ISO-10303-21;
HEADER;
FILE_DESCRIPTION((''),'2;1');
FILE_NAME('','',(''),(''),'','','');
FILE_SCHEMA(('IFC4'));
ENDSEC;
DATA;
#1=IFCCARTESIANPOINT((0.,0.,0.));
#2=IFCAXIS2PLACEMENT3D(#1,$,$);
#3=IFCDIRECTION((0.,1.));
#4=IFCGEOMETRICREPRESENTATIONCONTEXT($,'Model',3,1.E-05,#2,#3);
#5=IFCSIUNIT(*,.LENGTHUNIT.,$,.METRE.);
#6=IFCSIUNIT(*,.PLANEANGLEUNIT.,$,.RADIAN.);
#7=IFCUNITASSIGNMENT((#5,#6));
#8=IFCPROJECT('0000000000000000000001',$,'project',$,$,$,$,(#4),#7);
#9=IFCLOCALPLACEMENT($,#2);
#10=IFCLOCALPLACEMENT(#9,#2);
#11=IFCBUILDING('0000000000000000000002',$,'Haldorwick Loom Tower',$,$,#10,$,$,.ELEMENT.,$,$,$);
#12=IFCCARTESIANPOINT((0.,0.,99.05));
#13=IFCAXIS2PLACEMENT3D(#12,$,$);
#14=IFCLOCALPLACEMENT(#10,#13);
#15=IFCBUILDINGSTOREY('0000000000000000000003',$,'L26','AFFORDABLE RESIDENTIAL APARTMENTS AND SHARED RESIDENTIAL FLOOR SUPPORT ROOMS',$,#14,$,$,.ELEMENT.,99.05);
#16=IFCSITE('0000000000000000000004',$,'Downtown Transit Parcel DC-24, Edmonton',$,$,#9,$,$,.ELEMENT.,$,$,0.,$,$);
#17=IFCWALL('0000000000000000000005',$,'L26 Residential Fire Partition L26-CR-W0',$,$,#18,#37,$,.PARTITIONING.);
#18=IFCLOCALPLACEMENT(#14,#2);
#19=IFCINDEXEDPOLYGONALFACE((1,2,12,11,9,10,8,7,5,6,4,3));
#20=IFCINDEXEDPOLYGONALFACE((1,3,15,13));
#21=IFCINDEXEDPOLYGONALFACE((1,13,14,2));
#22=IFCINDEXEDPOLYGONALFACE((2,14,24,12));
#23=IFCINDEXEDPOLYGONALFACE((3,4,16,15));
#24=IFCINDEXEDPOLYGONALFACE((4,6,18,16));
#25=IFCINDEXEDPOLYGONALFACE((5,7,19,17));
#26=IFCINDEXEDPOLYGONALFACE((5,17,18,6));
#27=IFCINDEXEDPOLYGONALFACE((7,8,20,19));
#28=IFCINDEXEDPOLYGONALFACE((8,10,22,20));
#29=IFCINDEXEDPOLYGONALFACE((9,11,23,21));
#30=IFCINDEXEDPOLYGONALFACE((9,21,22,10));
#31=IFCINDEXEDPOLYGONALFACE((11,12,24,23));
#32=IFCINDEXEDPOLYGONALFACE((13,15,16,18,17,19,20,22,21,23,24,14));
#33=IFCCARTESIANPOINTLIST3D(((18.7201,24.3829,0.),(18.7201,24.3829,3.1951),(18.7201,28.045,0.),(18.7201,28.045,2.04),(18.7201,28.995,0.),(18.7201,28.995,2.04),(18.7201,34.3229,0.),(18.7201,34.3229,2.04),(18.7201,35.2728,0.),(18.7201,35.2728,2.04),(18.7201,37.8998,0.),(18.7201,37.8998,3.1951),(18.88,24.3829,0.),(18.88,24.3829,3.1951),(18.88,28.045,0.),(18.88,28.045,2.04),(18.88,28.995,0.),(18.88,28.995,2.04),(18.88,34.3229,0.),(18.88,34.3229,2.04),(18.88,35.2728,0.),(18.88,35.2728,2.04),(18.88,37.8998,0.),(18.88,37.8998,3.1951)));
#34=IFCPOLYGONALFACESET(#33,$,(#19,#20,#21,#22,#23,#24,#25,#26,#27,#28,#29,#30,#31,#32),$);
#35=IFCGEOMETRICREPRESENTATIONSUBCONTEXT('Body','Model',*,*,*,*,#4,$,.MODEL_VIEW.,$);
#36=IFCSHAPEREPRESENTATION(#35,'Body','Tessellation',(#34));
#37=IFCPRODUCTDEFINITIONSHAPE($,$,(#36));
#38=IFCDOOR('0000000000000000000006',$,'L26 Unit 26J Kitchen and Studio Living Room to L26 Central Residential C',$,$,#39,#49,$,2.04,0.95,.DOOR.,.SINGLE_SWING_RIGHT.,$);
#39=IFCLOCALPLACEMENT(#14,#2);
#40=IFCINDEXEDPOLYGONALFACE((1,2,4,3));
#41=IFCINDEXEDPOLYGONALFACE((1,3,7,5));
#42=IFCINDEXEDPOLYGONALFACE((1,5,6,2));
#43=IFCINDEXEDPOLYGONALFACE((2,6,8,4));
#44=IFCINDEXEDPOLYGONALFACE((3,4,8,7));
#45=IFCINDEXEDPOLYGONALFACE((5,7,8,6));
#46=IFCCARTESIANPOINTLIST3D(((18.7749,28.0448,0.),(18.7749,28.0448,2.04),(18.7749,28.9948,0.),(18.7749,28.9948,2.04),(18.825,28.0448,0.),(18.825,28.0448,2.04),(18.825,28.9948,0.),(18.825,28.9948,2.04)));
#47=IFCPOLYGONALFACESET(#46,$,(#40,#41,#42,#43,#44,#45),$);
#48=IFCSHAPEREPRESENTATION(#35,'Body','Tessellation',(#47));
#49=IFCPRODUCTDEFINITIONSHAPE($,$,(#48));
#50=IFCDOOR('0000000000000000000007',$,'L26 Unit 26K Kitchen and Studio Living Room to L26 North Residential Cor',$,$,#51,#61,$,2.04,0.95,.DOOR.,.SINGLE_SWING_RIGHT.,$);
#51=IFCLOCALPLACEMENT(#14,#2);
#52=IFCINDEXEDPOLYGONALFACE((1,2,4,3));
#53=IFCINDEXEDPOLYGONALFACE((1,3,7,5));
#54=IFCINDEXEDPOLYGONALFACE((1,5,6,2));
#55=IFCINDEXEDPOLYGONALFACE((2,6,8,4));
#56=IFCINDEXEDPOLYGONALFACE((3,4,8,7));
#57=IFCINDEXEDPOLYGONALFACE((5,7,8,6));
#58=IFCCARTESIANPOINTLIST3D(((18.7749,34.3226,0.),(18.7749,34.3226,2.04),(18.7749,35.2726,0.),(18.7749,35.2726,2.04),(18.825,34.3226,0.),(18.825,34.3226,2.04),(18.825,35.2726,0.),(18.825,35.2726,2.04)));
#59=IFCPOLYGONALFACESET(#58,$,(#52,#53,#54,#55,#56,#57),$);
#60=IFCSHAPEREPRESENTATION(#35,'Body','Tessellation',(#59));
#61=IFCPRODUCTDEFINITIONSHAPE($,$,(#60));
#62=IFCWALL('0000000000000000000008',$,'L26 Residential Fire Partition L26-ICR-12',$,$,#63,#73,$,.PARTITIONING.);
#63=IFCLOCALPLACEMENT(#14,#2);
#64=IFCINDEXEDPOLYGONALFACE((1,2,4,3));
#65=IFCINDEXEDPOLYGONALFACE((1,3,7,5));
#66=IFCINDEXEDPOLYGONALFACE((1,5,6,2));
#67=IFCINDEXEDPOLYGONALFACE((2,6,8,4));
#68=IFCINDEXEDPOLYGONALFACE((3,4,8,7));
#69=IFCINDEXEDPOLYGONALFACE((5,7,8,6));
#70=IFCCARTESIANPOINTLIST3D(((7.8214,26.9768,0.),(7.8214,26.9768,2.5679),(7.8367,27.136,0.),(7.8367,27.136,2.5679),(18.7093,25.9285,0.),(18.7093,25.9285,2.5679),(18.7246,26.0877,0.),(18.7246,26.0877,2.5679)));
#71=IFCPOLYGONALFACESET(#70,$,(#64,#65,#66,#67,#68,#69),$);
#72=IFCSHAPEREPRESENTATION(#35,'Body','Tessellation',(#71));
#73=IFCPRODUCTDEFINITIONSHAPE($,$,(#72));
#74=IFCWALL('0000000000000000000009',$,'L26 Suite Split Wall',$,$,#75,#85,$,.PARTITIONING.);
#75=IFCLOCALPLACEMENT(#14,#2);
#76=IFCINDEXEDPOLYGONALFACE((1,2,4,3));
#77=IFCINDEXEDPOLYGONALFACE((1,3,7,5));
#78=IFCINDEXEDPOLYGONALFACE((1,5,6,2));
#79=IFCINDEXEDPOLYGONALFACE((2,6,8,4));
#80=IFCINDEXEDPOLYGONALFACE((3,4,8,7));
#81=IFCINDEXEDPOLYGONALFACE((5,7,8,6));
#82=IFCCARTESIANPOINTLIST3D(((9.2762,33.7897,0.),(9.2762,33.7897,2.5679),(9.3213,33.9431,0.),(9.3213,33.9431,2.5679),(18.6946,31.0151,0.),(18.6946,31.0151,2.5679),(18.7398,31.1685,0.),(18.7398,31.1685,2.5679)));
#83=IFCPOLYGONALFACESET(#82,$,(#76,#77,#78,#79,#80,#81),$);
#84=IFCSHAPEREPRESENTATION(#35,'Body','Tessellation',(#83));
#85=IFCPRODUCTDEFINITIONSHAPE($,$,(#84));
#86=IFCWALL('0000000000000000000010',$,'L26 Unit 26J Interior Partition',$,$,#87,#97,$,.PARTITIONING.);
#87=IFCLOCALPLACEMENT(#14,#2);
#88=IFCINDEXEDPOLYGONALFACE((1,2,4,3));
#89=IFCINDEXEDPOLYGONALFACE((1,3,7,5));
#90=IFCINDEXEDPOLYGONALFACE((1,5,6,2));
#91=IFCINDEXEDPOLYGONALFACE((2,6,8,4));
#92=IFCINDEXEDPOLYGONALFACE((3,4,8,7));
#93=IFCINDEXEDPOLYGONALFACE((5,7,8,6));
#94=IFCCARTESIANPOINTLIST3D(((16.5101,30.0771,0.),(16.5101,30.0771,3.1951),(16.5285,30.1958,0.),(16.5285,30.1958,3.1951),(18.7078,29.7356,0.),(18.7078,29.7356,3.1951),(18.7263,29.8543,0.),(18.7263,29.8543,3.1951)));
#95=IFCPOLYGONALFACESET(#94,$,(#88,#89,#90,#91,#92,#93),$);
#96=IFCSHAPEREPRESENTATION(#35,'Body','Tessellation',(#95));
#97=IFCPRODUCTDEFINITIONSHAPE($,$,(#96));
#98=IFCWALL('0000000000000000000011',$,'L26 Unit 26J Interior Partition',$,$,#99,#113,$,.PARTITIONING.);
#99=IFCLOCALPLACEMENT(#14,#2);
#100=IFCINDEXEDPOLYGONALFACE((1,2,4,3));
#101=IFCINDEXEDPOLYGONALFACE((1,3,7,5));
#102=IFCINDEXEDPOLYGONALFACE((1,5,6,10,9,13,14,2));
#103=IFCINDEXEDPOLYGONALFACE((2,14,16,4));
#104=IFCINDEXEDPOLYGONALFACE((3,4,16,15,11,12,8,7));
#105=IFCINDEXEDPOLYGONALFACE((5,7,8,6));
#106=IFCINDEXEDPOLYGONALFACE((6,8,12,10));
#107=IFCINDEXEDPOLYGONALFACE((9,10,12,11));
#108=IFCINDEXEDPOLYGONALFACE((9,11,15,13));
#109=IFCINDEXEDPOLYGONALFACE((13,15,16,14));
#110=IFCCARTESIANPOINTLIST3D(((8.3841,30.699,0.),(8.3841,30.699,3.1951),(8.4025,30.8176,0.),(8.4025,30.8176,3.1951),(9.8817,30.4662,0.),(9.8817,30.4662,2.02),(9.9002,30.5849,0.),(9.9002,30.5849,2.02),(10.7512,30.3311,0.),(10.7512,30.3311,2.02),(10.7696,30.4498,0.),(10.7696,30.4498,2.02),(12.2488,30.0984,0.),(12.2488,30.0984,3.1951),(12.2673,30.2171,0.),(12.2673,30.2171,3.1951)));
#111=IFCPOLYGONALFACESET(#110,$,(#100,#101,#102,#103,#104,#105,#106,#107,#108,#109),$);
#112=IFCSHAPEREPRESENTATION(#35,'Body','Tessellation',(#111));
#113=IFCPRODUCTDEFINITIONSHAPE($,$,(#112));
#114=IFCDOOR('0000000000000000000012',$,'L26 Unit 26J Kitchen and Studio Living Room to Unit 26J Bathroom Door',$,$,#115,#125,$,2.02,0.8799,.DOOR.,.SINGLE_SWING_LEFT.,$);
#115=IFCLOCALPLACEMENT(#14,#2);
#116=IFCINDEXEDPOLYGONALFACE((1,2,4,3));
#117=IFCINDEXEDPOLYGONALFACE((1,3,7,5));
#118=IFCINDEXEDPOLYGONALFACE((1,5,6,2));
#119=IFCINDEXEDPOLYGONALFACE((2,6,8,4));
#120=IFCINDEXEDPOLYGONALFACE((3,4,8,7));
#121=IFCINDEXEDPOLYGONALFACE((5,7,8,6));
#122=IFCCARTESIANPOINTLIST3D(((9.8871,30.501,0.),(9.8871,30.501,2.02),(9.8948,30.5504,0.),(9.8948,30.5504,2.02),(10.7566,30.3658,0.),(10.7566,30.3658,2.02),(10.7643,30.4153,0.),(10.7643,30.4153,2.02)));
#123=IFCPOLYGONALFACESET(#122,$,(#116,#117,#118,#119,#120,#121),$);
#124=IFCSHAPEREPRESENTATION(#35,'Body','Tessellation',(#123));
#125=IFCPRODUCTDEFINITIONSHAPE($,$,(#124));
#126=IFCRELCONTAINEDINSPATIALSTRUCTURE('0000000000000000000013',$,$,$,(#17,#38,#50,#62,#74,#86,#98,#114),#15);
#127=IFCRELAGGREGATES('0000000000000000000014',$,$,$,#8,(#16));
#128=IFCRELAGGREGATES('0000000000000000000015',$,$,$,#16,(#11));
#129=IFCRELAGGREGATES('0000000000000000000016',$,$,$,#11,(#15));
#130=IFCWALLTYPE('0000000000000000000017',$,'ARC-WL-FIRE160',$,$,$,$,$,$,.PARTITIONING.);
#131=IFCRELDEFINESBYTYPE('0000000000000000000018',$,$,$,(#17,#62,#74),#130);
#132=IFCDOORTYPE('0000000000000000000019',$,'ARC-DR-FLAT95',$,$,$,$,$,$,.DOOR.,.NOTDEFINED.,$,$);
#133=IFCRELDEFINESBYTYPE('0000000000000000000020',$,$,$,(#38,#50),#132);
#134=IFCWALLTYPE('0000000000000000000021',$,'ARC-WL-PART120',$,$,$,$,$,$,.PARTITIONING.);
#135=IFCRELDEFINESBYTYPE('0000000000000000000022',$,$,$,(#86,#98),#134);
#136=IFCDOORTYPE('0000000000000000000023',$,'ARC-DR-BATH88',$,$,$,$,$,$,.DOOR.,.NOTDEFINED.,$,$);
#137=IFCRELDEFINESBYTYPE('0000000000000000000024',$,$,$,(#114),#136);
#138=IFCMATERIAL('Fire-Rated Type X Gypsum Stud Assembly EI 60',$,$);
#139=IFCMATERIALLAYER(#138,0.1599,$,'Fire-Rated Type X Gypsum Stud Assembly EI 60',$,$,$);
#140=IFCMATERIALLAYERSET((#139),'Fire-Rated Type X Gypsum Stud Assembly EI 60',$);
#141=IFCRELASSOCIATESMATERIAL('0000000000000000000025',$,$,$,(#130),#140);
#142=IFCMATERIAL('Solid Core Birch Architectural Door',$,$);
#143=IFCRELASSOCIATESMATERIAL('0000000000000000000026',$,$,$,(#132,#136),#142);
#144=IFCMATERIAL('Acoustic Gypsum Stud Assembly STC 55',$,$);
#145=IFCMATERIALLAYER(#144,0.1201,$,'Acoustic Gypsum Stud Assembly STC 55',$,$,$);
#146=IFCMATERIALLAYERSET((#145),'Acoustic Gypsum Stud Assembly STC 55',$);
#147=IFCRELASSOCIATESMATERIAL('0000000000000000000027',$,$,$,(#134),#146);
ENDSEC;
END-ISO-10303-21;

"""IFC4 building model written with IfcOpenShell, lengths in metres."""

from ifc_helpers import new_model, si_unit, direction, frame, frame_2d, origin, place, context, subcontext, project, spatial, rectangle, extrude, material, layer, layer_set, type_object, element, fill, save


model = new_model("IFC4")

# Units and contexts
model_context = context("Model", 3, precision=1e-05, world=origin(), true_north=direction((0.0, 1.0)))
body_context = subcontext(model_context, "Body", "Model", "MODEL_VIEW")
ifc_project = project(units=[si_unit("LENGTHUNIT", "METRE"), si_unit("PLANEANGLEUNIT", "RADIAN")], contexts=[model_context])

# Site, building, storey
site_placement = place(None, origin())
site = spatial("IfcSite", under=ifc_project, at=site_placement, Name="Downtown Transit Parcel DC-24, Edmonton", CompositionType="ELEMENT", RefElevation=0.0)
building_placement = place(site_placement, origin())
building = spatial("IfcBuilding", under=site, at=building_placement, Name="Haldorwick Loom Tower", CompositionType="ELEMENT")
storey_placement = place(building_placement, frame((0.0, 0.0, 99.05)))
storey = spatial("IfcBuildingStorey", under=building, at=storey_placement, Name="L26", Description="AFFORDABLE RESIDENTIAL APARTMENTS AND SHARED RESIDENTIAL FLOOR SUPPORT ROOMS", CompositionType="ELEMENT", Elevation=99.05)

# Wall, openings, doors
ifc_material_1 = material(Name="Fire-Rated Type X Gypsum Stud Assembly EI 60")
ifc_layer_1 = layer(ifc_material_1, 0.1599, Name="Fire-Rated Type X Gypsum Stud Assembly EI 60")
ifc_layer_set_1 = layer_set([ifc_layer_1], Name="Fire-Rated Type X Gypsum Stud Assembly EI 60")
wall_type_1 = type_object("IfcWallType", Name="ARC-WL-FIRE160", PredefinedType="PARTITIONING", material=ifc_layer_set_1)
wall_1_placement = place(storey_placement, frame((18.8, 24.3831, 0.0), z_axis=(0.0, 0.0, 1.0), x_axis=(0.0, 1.0, 0.0)))
wall_1 = element("IfcWall", 1, at=wall_1_placement, inside=storey, type_object=wall_type_1, Name="L26 Residential Fire Partition L26-CR-W0", PredefinedType="PARTITIONING", context=body_context, shape_type="SweptSolid", body=[
    extrude(rectangle(XDim=13.5168, YDim=0.1599, at=frame_2d((6.7583, 0.0))), origin(), (0.0, 0.0, 1.0), 3.1951),
])
opening_1_placement = place(wall_1_placement, frame((3.6619, 0.0, 0.0)))
opening_1 = element("IfcOpeningElement", 2, at=opening_1_placement, cuts=wall_1, PredefinedType="OPENING", context=body_context, shape_type="SweptSolid", body=[
    extrude(rectangle(XDim=0.95, YDim=2.04, at=frame_2d((0.4751, 1.02))), frame((0.0, 0.0898, 0.0), z_axis=(0.0, -1.0, 0.0), x_axis=(1.0, 0.0, 0.0)), (0.0, 0.0, 1.0), 0.1799),
])
opening_2_placement = place(wall_1_placement, frame((9.9397, 0.0, 0.0)))
opening_2 = element("IfcOpeningElement", 3, at=opening_2_placement, cuts=wall_1, PredefinedType="OPENING", context=body_context, shape_type="SweptSolid", body=[
    extrude(rectangle(XDim=0.95, YDim=2.04, at=frame_2d((0.4751, 1.02))), frame((0.0, 0.0898, 0.0), z_axis=(0.0, -1.0, 0.0), x_axis=(1.0, 0.0, 0.0)), (0.0, 0.0, 1.0), 0.1799),
])
ifc_material_2 = material(Name="Solid Core Birch Architectural Door")
door_type_1 = type_object("IfcDoorType", Name="ARC-DR-FLAT95", OperationType="NOTDEFINED", PredefinedType="DOOR", material=ifc_material_2)
door_1_placement = place(opening_1_placement, frame((0.95, 0.0, 0.0), z_axis=(0.0, 0.0, 1.0), x_axis=(-1.0, 0.0, 0.0)))
door_1 = element("IfcDoor", 4, at=door_1_placement, inside=storey, type_object=door_type_1, Name="L26 Unit 26J Kitchen and Studio Living Room to L26 Central Residential C", OperationType="SINGLE_SWING_RIGHT", OverallHeight=2.04, OverallWidth=0.95, PredefinedType="DOOR", context=body_context, shape_type="SweptSolid", body=[
    extrude(rectangle(XDim=0.95, YDim=2.04, at=frame_2d((0.4751, 1.02))), frame((0.0, 0.0249, 0.0), z_axis=(0.0, -1.0, 0.0), x_axis=(1.0, 0.0, 0.0)), (0.0, 0.0, 1.0), 0.05),
])
fill(opening_1, door_1)
door_2_placement = place(opening_2_placement, frame((0.95, 0.0, 0.0), z_axis=(0.0, 0.0, 1.0), x_axis=(-1.0, 0.0, 0.0)))
door_2 = element("IfcDoor", 5, at=door_2_placement, inside=storey, type_object=door_type_1, Name="L26 Unit 26K Kitchen and Studio Living Room to L26 North Residential Cor", OperationType="SINGLE_SWING_RIGHT", OverallHeight=2.04, OverallWidth=0.95, PredefinedType="DOOR", context=body_context, shape_type="SweptSolid", body=[
    extrude(rectangle(XDim=0.95, YDim=2.04, at=frame_2d((0.4751, 1.02))), frame((0.0, 0.0249, 0.0), z_axis=(0.0, -1.0, 0.0), x_axis=(1.0, 0.0, 0.0)), (0.0, 0.0, 1.0), 0.05),
])
fill(opening_2, door_2)

# Walls
wall_2_placement = place(storey_placement, frame((18.717, 26.0081, 0.0), z_axis=(0.0, 0.0, 1.0), x_axis=(-0.995397, 0.095841, 0.0)))
element("IfcWall", 6, at=wall_2_placement, inside=storey, type_object=wall_type_1, Name="L26 Residential Fire Partition L26-ICR-12", PredefinedType="PARTITIONING", context=body_context, shape_type="SweptSolid", body=[
    extrude(rectangle(XDim=10.9382, YDim=0.1599, at=frame_2d((5.4692, 0.0))), origin(), (0.0, 0.0, 1.0), 2.5679),
])
wall_3_placement = place(storey_placement, frame((18.717, 31.0918, 0.0), z_axis=(0.0, 0.0, 1.0), x_axis=(-0.959241, 0.28259, 0.0)))
element("IfcWall", 7, at=wall_3_placement, inside=storey, type_object=wall_type_1, Name="L26 Suite Split Wall", PredefinedType="PARTITIONING", context=body_context, shape_type="SweptSolid", body=[
    extrude(rectangle(XDim=9.8186, YDim=0.1599, at=frame_2d((4.9092, 0.0))), origin(), (0.0, 0.0, 1.0), 2.5679),
])
ifc_material_3 = material(Name="Acoustic Gypsum Stud Assembly STC 55")
ifc_layer_2 = layer(ifc_material_3, 0.1201, Name="Acoustic Gypsum Stud Assembly STC 55")
ifc_layer_set_2 = layer_set([ifc_layer_2], Name="Acoustic Gypsum Stud Assembly STC 55")
wall_type_2 = type_object("IfcWallType", Name="ARC-WL-PART120", PredefinedType="PARTITIONING", material=ifc_layer_set_2)
wall_4_placement = place(storey_placement, frame((18.717, 29.7949, 0.0), z_axis=(0.0, 0.0, 1.0), x_axis=(-0.988138, 0.153566, 0.0)))
element("IfcWall", 8, at=wall_4_placement, inside=storey, type_object=wall_type_2, Name="L26 Unit 26J Interior Partition", PredefinedType="PARTITIONING", context=body_context, shape_type="SweptSolid", body=[
    extrude(rectangle(XDim=2.2241, YDim=0.1201, at=frame_2d((1.1121, 0.0))), origin(), (0.0, 0.0, 1.0), 3.1951),
])

# Wall, opening, door
wall_5_placement = place(storey_placement, frame((12.2581, 30.1577, 0.0), z_axis=(0.0, 0.0, 1.0), x_axis=(-0.98814, 0.153558, 0.0)))
wall_5 = element("IfcWall", 9, at=wall_5_placement, inside=storey, type_object=wall_type_2, Name="L26 Unit 26J Interior Partition", PredefinedType="PARTITIONING", context=body_context, shape_type="SweptSolid", body=[
    extrude(rectangle(XDim=3.9111, YDim=0.1201, at=frame_2d((1.9556, 0.0))), origin(), (0.0, 0.0, 1.0), 3.1951),
])
opening_3_placement = place(wall_5_placement, frame((1.5156, 0.0, 0.0)))
opening_3 = element("IfcOpeningElement", 10, at=opening_3_placement, cuts=wall_5, PredefinedType="OPENING", context=body_context, shape_type="SweptSolid", body=[
    extrude(rectangle(XDim=0.8799, YDim=2.02, at=frame_2d((0.4399, 1.01))), frame((0.0, 0.0701, 0.0), z_axis=(0.0, -1.0, 0.0), x_axis=(1.0, 0.0, 0.0)), (0.0, 0.0, 1.0), 0.1401),
])
door_type_2 = type_object("IfcDoorType", Name="ARC-DR-BATH88", OperationType="NOTDEFINED", PredefinedType="DOOR", material=ifc_material_2)
door_3_placement = place(opening_3_placement, origin())
door_3 = element("IfcDoor", 11, at=door_3_placement, inside=storey, type_object=door_type_2, Name="L26 Unit 26J Kitchen and Studio Living Room to Unit 26J Bathroom Door", OperationType="SINGLE_SWING_LEFT", OverallHeight=2.02, OverallWidth=0.8799, PredefinedType="DOOR", context=body_context, shape_type="SweptSolid", body=[
    extrude(rectangle(XDim=0.8799, YDim=2.02, at=frame_2d((0.4399, 1.01))), frame((0.0, 0.0249, 0.0), z_axis=(0.0, -1.0, 0.0), x_axis=(1.0, 0.0, 0.0)), (0.0, 0.0, 1.0), 0.05),
])
fill(opening_3, door_3)

save(model, "model.ifc")
